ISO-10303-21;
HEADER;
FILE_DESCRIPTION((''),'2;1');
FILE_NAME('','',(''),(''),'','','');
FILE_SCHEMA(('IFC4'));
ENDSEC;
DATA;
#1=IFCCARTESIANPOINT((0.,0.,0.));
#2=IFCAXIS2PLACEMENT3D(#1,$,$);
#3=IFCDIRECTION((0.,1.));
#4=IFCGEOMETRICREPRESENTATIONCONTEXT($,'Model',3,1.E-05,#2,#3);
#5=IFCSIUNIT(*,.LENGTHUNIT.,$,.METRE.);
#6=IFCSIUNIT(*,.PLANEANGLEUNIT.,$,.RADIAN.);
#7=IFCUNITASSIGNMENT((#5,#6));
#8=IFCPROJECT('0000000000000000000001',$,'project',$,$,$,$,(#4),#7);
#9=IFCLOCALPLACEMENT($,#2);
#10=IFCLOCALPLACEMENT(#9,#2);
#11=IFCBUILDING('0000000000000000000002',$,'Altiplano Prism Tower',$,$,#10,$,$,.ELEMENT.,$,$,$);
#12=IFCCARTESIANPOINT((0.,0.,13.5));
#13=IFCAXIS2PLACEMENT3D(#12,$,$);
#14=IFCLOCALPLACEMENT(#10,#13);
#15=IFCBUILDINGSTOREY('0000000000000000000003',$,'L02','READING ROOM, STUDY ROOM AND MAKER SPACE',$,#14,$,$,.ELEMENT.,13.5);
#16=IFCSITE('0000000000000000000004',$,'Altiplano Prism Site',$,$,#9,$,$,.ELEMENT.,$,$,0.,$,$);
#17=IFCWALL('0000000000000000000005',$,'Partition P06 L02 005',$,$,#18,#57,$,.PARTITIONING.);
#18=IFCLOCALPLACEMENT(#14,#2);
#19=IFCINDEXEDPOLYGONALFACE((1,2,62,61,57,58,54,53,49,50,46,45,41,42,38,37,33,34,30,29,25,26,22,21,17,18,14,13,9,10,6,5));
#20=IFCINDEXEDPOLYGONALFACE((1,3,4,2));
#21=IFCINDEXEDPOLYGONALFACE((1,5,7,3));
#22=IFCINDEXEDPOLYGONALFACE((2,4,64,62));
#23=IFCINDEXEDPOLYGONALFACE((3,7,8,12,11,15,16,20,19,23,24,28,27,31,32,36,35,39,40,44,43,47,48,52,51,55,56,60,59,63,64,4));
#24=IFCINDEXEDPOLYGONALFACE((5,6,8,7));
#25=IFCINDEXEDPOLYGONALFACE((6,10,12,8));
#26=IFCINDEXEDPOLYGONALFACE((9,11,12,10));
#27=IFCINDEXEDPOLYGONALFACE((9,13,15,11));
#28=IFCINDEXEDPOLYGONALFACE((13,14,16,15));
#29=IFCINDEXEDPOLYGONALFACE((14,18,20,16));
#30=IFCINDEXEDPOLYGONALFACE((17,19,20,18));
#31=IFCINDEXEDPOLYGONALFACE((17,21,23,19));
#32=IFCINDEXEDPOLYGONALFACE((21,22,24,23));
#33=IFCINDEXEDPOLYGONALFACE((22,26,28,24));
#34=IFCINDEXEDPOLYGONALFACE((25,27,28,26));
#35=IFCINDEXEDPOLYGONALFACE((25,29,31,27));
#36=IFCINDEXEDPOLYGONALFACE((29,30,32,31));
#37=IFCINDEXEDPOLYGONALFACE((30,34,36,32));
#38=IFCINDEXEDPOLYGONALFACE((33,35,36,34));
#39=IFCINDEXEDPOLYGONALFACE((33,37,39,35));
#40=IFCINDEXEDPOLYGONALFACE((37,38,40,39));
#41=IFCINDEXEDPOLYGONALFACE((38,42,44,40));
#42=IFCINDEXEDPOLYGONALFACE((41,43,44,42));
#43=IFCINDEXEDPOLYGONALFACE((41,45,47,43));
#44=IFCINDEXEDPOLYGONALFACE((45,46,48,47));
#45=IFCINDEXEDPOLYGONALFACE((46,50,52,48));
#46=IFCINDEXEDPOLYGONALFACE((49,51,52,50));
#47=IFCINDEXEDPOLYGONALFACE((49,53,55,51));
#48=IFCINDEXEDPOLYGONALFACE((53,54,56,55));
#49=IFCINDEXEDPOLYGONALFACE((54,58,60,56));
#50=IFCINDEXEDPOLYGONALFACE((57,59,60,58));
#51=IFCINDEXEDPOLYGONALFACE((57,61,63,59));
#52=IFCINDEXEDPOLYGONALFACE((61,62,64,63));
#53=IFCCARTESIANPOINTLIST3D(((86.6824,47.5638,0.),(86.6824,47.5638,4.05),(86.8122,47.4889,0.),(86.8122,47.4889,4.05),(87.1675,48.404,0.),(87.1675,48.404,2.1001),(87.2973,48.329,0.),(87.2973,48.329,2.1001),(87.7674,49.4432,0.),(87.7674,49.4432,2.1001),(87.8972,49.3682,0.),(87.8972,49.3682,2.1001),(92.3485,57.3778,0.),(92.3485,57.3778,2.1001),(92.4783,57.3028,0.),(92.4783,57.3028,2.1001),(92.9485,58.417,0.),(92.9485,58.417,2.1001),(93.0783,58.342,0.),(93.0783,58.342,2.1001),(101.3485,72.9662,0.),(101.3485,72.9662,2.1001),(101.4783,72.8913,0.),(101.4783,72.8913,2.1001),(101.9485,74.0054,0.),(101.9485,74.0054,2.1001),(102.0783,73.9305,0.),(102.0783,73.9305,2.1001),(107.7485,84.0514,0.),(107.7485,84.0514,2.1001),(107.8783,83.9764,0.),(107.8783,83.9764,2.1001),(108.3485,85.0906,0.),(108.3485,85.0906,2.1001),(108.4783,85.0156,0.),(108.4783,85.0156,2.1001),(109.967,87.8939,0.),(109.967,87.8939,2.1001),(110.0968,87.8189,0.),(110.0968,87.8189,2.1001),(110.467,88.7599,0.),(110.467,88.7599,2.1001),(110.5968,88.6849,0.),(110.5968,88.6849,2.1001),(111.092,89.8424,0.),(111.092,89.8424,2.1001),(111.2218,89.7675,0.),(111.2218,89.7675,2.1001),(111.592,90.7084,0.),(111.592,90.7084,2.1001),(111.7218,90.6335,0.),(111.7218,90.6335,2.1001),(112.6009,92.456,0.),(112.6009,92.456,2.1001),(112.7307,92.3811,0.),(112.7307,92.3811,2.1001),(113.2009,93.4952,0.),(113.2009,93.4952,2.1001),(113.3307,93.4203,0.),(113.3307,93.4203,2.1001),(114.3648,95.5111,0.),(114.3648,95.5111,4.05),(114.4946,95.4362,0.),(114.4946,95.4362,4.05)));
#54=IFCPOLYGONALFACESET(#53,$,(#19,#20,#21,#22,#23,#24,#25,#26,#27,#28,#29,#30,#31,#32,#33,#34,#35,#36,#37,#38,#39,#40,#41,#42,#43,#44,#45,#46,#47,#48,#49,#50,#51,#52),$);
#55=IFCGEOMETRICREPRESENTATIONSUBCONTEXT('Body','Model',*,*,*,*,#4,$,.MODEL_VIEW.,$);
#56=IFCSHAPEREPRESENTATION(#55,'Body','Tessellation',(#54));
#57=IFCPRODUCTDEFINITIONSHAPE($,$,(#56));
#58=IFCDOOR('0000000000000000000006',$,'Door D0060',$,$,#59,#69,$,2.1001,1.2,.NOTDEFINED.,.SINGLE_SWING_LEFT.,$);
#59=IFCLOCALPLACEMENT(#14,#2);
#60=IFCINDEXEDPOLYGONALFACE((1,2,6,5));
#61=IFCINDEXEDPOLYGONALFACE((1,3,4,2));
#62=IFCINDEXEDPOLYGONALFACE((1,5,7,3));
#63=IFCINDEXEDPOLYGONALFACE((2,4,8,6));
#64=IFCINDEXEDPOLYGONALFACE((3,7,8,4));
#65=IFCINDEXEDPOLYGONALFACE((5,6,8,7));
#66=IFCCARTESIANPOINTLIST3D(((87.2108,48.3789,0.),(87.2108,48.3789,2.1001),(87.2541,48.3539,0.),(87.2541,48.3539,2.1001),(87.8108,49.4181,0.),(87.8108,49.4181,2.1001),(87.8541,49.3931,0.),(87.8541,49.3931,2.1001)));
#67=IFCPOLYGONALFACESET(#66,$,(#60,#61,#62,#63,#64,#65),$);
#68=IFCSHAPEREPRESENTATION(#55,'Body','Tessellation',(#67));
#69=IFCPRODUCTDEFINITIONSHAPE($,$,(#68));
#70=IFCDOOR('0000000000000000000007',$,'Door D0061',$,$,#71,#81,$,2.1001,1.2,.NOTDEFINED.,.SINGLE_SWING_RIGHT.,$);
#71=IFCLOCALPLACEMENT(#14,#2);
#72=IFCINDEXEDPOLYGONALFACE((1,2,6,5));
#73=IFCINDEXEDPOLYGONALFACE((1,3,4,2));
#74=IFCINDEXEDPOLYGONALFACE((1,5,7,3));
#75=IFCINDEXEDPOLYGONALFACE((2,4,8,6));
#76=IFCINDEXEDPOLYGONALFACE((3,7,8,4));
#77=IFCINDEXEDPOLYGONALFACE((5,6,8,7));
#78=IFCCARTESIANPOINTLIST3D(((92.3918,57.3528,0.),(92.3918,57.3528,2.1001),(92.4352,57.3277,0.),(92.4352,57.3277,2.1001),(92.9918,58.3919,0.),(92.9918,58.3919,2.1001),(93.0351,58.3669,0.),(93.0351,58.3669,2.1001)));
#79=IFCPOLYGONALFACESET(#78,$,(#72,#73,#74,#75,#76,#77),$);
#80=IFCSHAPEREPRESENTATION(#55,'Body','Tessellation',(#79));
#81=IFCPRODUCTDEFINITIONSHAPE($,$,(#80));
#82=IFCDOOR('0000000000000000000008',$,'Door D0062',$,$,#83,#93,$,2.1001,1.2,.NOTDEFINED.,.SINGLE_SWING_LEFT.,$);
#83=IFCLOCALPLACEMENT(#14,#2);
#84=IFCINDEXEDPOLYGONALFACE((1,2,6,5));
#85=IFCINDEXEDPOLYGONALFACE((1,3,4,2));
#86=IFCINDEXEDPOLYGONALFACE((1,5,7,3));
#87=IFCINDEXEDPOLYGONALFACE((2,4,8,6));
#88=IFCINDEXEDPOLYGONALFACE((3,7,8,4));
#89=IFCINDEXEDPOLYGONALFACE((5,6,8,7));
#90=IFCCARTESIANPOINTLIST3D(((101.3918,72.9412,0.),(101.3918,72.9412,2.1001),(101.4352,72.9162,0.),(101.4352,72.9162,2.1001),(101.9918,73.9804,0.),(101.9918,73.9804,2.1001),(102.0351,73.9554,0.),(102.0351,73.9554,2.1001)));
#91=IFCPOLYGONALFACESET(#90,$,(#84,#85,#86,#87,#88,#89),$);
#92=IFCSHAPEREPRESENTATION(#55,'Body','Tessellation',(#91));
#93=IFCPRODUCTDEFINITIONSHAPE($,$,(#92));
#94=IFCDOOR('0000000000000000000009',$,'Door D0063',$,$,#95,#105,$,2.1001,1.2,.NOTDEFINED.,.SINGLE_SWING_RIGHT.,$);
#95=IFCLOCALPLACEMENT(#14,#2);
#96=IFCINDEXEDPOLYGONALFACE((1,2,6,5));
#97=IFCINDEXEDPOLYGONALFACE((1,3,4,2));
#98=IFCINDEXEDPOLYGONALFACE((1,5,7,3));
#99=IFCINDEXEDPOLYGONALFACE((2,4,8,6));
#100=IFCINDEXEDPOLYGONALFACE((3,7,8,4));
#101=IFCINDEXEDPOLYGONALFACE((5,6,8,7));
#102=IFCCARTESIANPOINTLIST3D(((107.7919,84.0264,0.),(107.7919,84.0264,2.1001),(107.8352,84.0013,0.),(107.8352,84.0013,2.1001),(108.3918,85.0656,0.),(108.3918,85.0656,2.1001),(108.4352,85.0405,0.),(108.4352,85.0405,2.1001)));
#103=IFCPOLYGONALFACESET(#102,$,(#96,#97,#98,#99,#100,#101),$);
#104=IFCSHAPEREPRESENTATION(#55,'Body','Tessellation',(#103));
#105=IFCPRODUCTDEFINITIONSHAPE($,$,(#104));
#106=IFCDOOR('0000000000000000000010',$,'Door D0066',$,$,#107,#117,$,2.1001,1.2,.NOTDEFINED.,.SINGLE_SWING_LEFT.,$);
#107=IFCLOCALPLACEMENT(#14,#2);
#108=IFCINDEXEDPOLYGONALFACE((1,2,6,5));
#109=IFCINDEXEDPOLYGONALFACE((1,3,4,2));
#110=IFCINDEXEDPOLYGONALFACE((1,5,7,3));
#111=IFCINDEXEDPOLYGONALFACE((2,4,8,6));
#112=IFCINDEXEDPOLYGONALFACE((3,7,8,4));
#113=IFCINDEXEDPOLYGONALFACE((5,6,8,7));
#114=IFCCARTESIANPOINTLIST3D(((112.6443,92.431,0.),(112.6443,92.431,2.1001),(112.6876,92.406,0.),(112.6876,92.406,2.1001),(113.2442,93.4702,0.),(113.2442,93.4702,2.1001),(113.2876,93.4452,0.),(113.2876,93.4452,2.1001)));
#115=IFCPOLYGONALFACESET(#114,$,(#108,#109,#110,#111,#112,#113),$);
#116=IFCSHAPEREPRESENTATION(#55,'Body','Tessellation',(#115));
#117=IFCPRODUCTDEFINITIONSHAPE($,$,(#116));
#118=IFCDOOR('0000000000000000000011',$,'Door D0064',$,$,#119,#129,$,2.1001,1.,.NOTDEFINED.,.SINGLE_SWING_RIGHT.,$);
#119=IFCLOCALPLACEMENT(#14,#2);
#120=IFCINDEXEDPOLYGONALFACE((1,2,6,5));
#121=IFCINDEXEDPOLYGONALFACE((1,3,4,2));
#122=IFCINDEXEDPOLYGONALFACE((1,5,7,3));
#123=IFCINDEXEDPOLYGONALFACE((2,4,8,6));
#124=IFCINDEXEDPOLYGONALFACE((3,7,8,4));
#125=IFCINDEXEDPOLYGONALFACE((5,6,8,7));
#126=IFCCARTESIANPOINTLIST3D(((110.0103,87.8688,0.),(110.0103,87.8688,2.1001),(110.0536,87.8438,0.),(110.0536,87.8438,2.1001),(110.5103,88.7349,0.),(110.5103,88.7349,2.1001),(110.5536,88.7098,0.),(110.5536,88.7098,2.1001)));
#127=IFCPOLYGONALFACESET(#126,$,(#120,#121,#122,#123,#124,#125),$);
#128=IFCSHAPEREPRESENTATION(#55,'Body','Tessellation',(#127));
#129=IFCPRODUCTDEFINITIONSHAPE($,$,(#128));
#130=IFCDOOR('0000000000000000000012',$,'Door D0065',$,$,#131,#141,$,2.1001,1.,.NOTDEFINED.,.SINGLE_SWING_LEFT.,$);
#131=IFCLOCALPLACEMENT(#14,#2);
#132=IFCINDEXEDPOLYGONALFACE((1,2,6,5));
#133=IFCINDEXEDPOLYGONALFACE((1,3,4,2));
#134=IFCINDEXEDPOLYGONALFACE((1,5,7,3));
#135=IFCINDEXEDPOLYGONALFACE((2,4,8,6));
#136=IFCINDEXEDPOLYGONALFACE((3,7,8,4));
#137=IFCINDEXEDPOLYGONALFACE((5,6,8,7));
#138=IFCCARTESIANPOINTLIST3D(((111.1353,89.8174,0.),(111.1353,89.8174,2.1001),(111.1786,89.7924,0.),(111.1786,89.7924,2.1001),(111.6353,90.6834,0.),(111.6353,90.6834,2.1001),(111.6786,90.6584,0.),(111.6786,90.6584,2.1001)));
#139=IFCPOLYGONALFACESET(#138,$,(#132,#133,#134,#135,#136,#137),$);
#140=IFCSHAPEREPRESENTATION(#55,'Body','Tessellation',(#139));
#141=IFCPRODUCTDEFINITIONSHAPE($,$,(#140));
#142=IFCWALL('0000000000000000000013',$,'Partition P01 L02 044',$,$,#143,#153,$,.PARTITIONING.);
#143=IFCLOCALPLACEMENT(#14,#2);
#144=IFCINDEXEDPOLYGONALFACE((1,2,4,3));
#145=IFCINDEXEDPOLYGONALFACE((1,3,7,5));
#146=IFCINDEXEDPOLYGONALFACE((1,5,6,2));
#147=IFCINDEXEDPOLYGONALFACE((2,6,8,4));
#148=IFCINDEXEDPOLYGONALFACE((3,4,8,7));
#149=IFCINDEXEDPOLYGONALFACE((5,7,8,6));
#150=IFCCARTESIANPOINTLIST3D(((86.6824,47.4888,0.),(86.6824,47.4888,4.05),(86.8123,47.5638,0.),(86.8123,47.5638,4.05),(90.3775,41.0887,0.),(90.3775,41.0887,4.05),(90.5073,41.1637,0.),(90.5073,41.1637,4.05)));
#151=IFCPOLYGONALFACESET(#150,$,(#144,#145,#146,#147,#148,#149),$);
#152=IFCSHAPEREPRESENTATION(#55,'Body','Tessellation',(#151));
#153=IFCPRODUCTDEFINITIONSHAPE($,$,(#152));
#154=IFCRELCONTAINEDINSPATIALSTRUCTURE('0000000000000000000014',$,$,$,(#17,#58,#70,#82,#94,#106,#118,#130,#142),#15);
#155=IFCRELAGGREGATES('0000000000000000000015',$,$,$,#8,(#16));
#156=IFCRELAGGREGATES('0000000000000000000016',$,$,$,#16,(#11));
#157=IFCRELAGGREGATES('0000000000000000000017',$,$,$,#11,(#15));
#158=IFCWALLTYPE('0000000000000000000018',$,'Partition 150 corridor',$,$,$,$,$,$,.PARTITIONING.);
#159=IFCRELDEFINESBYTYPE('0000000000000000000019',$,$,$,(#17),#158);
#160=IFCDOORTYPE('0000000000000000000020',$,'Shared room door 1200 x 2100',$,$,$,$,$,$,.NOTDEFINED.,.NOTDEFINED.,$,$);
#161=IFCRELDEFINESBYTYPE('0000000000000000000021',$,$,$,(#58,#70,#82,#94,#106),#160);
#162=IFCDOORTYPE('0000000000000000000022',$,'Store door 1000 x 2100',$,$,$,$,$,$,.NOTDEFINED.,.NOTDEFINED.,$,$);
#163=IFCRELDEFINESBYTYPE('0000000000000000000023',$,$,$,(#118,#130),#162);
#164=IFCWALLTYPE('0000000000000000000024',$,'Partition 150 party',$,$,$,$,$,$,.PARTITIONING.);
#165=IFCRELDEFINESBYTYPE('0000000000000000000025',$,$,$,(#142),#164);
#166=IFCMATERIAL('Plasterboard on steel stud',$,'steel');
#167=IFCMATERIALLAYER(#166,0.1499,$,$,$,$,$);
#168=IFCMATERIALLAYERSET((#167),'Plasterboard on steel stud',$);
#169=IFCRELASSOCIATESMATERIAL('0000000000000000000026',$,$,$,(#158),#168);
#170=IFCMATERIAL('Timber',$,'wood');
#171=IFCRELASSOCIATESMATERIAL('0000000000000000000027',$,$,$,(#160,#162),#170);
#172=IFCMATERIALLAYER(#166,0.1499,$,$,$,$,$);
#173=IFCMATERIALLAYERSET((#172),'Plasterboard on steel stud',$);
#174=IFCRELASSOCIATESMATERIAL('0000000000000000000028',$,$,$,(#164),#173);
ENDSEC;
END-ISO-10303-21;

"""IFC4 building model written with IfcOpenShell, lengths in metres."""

from ifc_helpers import new_model, si_unit, direction, frame, frame_2d, origin, place, context, subcontext, project, spatial, rectangle, extrude, material, layer, layer_set, type_object, element, fill, save


model = new_model("IFC4")

# Units and contexts
model_context = context("Model", 3, precision=1e-05, world=origin(), true_north=direction((0.0, 1.0)))
body_context = subcontext(model_context, "Body", "Model", "MODEL_VIEW")
ifc_project = project(units=[si_unit("LENGTHUNIT", "METRE"), si_unit("PLANEANGLEUNIT", "RADIAN")], contexts=[model_context])

# Site, building, storey
site_placement = place(None, origin())
site = spatial("IfcSite", under=ifc_project, at=site_placement, Name="Altiplano Prism Site", CompositionType="ELEMENT", RefElevation=0.0)
building_placement = place(site_placement, origin())
building = spatial("IfcBuilding", under=site, at=building_placement, Name="Altiplano Prism Tower", CompositionType="ELEMENT")
storey_placement = place(building_placement, frame((0.0, 0.0, 13.5)))
storey = spatial("IfcBuildingStorey", under=building, at=storey_placement, Name="L02", Description="READING ROOM, STUDY ROOM AND MAKER SPACE", CompositionType="ELEMENT", Elevation=13.5)

# Wall, openings, doors
ifc_material_1 = material(Name="Plasterboard on steel stud", Category="steel")
ifc_layer_1 = layer(ifc_material_1, 0.1499)
ifc_layer_set_1 = layer_set([ifc_layer_1], Name="Plasterboard on steel stud")
wall_type_1 = type_object("IfcWallType", Name="Partition 150 corridor", PredefinedType="PARTITIONING", material=ifc_layer_set_1)
wall_1_placement = place(storey_placement, frame((86.7473, 47.5264, 0.0), z_axis=(0.0, 0.0, 1.0), x_axis=(0.5, 0.866025, 0.0)))
wall_1 = element("IfcWall", 1, at=wall_1_placement, inside=storey, type_object=wall_type_1, Name="Partition P06 L02 005", PredefinedType="PARTITIONING", context=body_context, shape_type="SweptSolid", body=[
    extrude(rectangle(XDim=55.3647, YDim=0.1499, at=frame_2d((27.6824, 0.0))), origin(), (0.0, 0.0, 1.0), 4.05),
])
opening_1_placement = place(wall_1_placement, frame((0.97, 0.0, 0.0)))
opening_1 = element("IfcOpeningElement", 2, at=opening_1_placement, cuts=wall_1, PredefinedType="OPENING", context=body_context, shape_type="SweptSolid", body=[
    extrude(rectangle(XDim=1.2, YDim=2.1001, at=frame_2d((0.6001, 1.05))), frame((0.0, 0.0854, 0.0), z_axis=(0.0, -1.0, 0.0), x_axis=(1.0, 0.0, 0.0)), (0.0, 0.0, 1.0), 0.1709),
])
opening_2_placement = place(wall_1_placement, frame((11.332, 0.0, 0.0)))
opening_2 = element("IfcOpeningElement", 3, at=opening_2_placement, cuts=wall_1, PredefinedType="OPENING", context=body_context, shape_type="SweptSolid", body=[
    extrude(rectangle(XDim=1.2, YDim=2.1001, at=frame_2d((0.6001, 1.05))), frame((0.0, 0.0854, 0.0), z_axis=(0.0, -1.0, 0.0), x_axis=(1.0, 0.0, 0.0)), (0.0, 0.0, 1.0), 0.1709),
])
opening_3_placement = place(wall_1_placement, frame((29.332, 0.0, 0.0)))
opening_3 = element("IfcOpeningElement", 4, at=opening_3_placement, cuts=wall_1, PredefinedType="OPENING", context=body_context, shape_type="SweptSolid", body=[
    extrude(rectangle(XDim=1.2, YDim=2.1001, at=frame_2d((0.6001, 1.05))), frame((0.0, 0.0854, 0.0), z_axis=(0.0, -1.0, 0.0), x_axis=(1.0, 0.0, 0.0)), (0.0, 0.0, 1.0), 0.1709),
])
opening_4_placement = place(wall_1_placement, frame((42.1321, 0.0, 0.0)))
opening_4 = element("IfcOpeningElement", 5, at=opening_4_placement, cuts=wall_1, PredefinedType="OPENING", context=body_context, shape_type="SweptSolid", body=[
    extrude(rectangle(XDim=1.2, YDim=2.1001, at=frame_2d((0.6001, 1.05))), frame((0.0, 0.0854, 0.0), z_axis=(0.0, -1.0, 0.0), x_axis=(1.0, 0.0, 0.0)), (0.0, 0.0, 1.0), 0.1709),
])
opening_5_placement = place(wall_1_placement, frame((46.5691, 0.0, 0.0)))
opening_5 = element("IfcOpeningElement", 6, at=opening_5_placement, cuts=wall_1, PredefinedType="OPENING", context=body_context, shape_type="SweptSolid", body=[
    extrude(rectangle(XDim=1.0, YDim=2.1001, at=frame_2d((0.5, 1.05))), frame((0.0, 0.0854, 0.0), z_axis=(0.0, -1.0, 0.0), x_axis=(1.0, 0.0, 0.0)), (0.0, 0.0, 1.0), 0.1709),
])
opening_6_placement = place(wall_1_placement, frame((48.8191, 0.0, 0.0)))
opening_6 = element("IfcOpeningElement", 7, at=opening_6_placement, cuts=wall_1, PredefinedType="OPENING", context=body_context, shape_type="SweptSolid", body=[
    extrude(rectangle(XDim=1.0, YDim=2.1001, at=frame_2d((0.5, 1.05))), frame((0.0, 0.0854, 0.0), z_axis=(0.0, -1.0, 0.0), x_axis=(1.0, 0.0, 0.0)), (0.0, 0.0, 1.0), 0.1709),
])
opening_7_placement = place(wall_1_placement, frame((51.8369, 0.0, 0.0)))
opening_7 = element("IfcOpeningElement", 8, at=opening_7_placement, cuts=wall_1, PredefinedType="OPENING", context=body_context, shape_type="SweptSolid", body=[
    extrude(rectangle(XDim=1.2, YDim=2.1001, at=frame_2d((0.6001, 1.05))), frame((0.0, 0.0854, 0.0), z_axis=(0.0, -1.0, 0.0), x_axis=(1.0, 0.0, 0.0)), (0.0, 0.0, 1.0), 0.1709),
])
ifc_material_2 = material(Name="Timber", Category="wood")
door_type_1 = type_object("IfcDoorType", Name="Shared room door 1200 x 2100", OperationType="NOTDEFINED", PredefinedType="NOTDEFINED", material=ifc_material_2)
door_1_placement = place(opening_1_placement, origin())
door_1 = element("IfcDoor", 9, at=door_1_placement, inside=storey, type_object=door_type_1, Name="Door D0060", OperationType="SINGLE_SWING_LEFT", OverallHeight=2.1001, OverallWidth=1.2, PredefinedType="NOTDEFINED", context=body_context, shape_type="SweptSolid", body=[
    extrude(rectangle(XDim=1.2, YDim=2.1001, at=frame_2d((0.6001, 1.05))), frame((0.0, 0.0249, 0.0), z_axis=(0.0, -1.0, 0.0), x_axis=(1.0, 0.0, 0.0)), (0.0, 0.0, 1.0), 0.05),
])
fill(opening_1, door_1)
door_2_placement = place(opening_2_placement, origin())
door_2 = element("IfcDoor", 10, at=door_2_placement, inside=storey, type_object=door_type_1, Name="Door D0061", OperationType="SINGLE_SWING_RIGHT", OverallHeight=2.1001, OverallWidth=1.2, PredefinedType="NOTDEFINED", context=body_context, shape_type="SweptSolid", body=[
    extrude(rectangle(XDim=1.2, YDim=2.1001, at=frame_2d((0.6001, 1.05))), frame((0.0, 0.0249, 0.0), z_axis=(0.0, -1.0, 0.0), x_axis=(1.0, 0.0, 0.0)), (0.0, 0.0, 1.0), 0.05),
])
fill(opening_2, door_2)
door_3_placement = place(opening_3_placement, origin())
door_3 = element("IfcDoor", 11, at=door_3_placement, inside=storey, type_object=door_type_1, Name="Door D0062", OperationType="SINGLE_SWING_LEFT", OverallHeight=2.1001, OverallWidth=1.2, PredefinedType="NOTDEFINED", context=body_context, shape_type="SweptSolid", body=[
    extrude(rectangle(XDim=1.2, YDim=2.1001, at=frame_2d((0.6001, 1.05))), frame((0.0, 0.0249, 0.0), z_axis=(0.0, -1.0, 0.0), x_axis=(1.0, 0.0, 0.0)), (0.0, 0.0, 1.0), 0.05),
])
fill(opening_3, door_3)
door_4_placement = place(opening_4_placement, origin())
door_4 = element("IfcDoor", 12, at=door_4_placement, inside=storey, type_object=door_type_1, Name="Door D0063", OperationType="SINGLE_SWING_RIGHT", OverallHeight=2.1001, OverallWidth=1.2, PredefinedType="NOTDEFINED", context=body_context, shape_type="SweptSolid", body=[
    extrude(rectangle(XDim=1.2, YDim=2.1001, at=frame_2d((0.6001, 1.05))), frame((0.0, 0.0249, 0.0), z_axis=(0.0, -1.0, 0.0), x_axis=(1.0, 0.0, 0.0)), (0.0, 0.0, 1.0), 0.05),
])
fill(opening_4, door_4)
door_5_placement = place(opening_7_placement, origin())
door_5 = element("IfcDoor", 13, at=door_5_placement, inside=storey, type_object=door_type_1, Name="Door D0066", OperationType="SINGLE_SWING_LEFT", OverallHeight=2.1001, OverallWidth=1.2, PredefinedType="NOTDEFINED", context=body_context, shape_type="SweptSolid", body=[
    extrude(rectangle(XDim=1.2, YDim=2.1001, at=frame_2d((0.6001, 1.05))), frame((0.0, 0.0249, 0.0), z_axis=(0.0, -1.0, 0.0), x_axis=(1.0, 0.0, 0.0)), (0.0, 0.0, 1.0), 0.05),
])
fill(opening_7, door_5)
door_type_2 = type_object("IfcDoorType", Name="Store door 1000 x 2100", OperationType="NOTDEFINED", PredefinedType="NOTDEFINED", material=ifc_material_2)
door_6_placement = place(opening_5_placement, origin())
door_6 = element("IfcDoor", 14, at=door_6_placement, inside=storey, type_object=door_type_2, Name="Door D0064", OperationType="SINGLE_SWING_RIGHT", OverallHeight=2.1001, OverallWidth=1.0, PredefinedType="NOTDEFINED", context=body_context, shape_type="SweptSolid", body=[
    extrude(rectangle(XDim=1.0, YDim=2.1001, at=frame_2d((0.5, 1.05))), frame((0.0, 0.0249, 0.0), z_axis=(0.0, -1.0, 0.0), x_axis=(1.0, 0.0, 0.0)), (0.0, 0.0, 1.0), 0.05),
])
fill(opening_5, door_6)
door_7_placement = place(opening_6_placement, origin())
door_7 = element("IfcDoor", 15, at=door_7_placement, inside=storey, type_object=door_type_2, Name="Door D0065", OperationType="SINGLE_SWING_LEFT", OverallHeight=2.1001, OverallWidth=1.0, PredefinedType="NOTDEFINED", context=body_context, shape_type="SweptSolid", body=[
    extrude(rectangle(XDim=1.0, YDim=2.1001, at=frame_2d((0.5, 1.05))), frame((0.0, 0.0249, 0.0), z_axis=(0.0, -1.0, 0.0), x_axis=(1.0, 0.0, 0.0)), (0.0, 0.0, 1.0), 0.05),
])
fill(opening_6, door_7)

# Wall
ifc_layer_2 = layer(ifc_material_1, 0.1499)
ifc_layer_set_2 = layer_set([ifc_layer_2], Name="Plasterboard on steel stud")
wall_type_2 = type_object("IfcWallType", Name="Partition 150 party", PredefinedType="PARTITIONING", material=ifc_layer_set_2)
wall_2_placement = place(storey_placement, frame((90.4424, 41.1262, 0.0), z_axis=(0.0, 0.0, 1.0), x_axis=(-0.499994, 0.866029, 0.0)))
element("IfcWall", 16, at=wall_2_placement, inside=storey, type_object=wall_type_2, Name="Partition P01 L02 044", PredefinedType="PARTITIONING", context=body_context, shape_type="SweptSolid", body=[
    extrude(rectangle(XDim=7.3901, YDim=0.1499, at=frame_2d((3.6951, 0.0))), origin(), (0.0, 0.0, 1.0), 4.05),
])

save(model, "model.ifc")
